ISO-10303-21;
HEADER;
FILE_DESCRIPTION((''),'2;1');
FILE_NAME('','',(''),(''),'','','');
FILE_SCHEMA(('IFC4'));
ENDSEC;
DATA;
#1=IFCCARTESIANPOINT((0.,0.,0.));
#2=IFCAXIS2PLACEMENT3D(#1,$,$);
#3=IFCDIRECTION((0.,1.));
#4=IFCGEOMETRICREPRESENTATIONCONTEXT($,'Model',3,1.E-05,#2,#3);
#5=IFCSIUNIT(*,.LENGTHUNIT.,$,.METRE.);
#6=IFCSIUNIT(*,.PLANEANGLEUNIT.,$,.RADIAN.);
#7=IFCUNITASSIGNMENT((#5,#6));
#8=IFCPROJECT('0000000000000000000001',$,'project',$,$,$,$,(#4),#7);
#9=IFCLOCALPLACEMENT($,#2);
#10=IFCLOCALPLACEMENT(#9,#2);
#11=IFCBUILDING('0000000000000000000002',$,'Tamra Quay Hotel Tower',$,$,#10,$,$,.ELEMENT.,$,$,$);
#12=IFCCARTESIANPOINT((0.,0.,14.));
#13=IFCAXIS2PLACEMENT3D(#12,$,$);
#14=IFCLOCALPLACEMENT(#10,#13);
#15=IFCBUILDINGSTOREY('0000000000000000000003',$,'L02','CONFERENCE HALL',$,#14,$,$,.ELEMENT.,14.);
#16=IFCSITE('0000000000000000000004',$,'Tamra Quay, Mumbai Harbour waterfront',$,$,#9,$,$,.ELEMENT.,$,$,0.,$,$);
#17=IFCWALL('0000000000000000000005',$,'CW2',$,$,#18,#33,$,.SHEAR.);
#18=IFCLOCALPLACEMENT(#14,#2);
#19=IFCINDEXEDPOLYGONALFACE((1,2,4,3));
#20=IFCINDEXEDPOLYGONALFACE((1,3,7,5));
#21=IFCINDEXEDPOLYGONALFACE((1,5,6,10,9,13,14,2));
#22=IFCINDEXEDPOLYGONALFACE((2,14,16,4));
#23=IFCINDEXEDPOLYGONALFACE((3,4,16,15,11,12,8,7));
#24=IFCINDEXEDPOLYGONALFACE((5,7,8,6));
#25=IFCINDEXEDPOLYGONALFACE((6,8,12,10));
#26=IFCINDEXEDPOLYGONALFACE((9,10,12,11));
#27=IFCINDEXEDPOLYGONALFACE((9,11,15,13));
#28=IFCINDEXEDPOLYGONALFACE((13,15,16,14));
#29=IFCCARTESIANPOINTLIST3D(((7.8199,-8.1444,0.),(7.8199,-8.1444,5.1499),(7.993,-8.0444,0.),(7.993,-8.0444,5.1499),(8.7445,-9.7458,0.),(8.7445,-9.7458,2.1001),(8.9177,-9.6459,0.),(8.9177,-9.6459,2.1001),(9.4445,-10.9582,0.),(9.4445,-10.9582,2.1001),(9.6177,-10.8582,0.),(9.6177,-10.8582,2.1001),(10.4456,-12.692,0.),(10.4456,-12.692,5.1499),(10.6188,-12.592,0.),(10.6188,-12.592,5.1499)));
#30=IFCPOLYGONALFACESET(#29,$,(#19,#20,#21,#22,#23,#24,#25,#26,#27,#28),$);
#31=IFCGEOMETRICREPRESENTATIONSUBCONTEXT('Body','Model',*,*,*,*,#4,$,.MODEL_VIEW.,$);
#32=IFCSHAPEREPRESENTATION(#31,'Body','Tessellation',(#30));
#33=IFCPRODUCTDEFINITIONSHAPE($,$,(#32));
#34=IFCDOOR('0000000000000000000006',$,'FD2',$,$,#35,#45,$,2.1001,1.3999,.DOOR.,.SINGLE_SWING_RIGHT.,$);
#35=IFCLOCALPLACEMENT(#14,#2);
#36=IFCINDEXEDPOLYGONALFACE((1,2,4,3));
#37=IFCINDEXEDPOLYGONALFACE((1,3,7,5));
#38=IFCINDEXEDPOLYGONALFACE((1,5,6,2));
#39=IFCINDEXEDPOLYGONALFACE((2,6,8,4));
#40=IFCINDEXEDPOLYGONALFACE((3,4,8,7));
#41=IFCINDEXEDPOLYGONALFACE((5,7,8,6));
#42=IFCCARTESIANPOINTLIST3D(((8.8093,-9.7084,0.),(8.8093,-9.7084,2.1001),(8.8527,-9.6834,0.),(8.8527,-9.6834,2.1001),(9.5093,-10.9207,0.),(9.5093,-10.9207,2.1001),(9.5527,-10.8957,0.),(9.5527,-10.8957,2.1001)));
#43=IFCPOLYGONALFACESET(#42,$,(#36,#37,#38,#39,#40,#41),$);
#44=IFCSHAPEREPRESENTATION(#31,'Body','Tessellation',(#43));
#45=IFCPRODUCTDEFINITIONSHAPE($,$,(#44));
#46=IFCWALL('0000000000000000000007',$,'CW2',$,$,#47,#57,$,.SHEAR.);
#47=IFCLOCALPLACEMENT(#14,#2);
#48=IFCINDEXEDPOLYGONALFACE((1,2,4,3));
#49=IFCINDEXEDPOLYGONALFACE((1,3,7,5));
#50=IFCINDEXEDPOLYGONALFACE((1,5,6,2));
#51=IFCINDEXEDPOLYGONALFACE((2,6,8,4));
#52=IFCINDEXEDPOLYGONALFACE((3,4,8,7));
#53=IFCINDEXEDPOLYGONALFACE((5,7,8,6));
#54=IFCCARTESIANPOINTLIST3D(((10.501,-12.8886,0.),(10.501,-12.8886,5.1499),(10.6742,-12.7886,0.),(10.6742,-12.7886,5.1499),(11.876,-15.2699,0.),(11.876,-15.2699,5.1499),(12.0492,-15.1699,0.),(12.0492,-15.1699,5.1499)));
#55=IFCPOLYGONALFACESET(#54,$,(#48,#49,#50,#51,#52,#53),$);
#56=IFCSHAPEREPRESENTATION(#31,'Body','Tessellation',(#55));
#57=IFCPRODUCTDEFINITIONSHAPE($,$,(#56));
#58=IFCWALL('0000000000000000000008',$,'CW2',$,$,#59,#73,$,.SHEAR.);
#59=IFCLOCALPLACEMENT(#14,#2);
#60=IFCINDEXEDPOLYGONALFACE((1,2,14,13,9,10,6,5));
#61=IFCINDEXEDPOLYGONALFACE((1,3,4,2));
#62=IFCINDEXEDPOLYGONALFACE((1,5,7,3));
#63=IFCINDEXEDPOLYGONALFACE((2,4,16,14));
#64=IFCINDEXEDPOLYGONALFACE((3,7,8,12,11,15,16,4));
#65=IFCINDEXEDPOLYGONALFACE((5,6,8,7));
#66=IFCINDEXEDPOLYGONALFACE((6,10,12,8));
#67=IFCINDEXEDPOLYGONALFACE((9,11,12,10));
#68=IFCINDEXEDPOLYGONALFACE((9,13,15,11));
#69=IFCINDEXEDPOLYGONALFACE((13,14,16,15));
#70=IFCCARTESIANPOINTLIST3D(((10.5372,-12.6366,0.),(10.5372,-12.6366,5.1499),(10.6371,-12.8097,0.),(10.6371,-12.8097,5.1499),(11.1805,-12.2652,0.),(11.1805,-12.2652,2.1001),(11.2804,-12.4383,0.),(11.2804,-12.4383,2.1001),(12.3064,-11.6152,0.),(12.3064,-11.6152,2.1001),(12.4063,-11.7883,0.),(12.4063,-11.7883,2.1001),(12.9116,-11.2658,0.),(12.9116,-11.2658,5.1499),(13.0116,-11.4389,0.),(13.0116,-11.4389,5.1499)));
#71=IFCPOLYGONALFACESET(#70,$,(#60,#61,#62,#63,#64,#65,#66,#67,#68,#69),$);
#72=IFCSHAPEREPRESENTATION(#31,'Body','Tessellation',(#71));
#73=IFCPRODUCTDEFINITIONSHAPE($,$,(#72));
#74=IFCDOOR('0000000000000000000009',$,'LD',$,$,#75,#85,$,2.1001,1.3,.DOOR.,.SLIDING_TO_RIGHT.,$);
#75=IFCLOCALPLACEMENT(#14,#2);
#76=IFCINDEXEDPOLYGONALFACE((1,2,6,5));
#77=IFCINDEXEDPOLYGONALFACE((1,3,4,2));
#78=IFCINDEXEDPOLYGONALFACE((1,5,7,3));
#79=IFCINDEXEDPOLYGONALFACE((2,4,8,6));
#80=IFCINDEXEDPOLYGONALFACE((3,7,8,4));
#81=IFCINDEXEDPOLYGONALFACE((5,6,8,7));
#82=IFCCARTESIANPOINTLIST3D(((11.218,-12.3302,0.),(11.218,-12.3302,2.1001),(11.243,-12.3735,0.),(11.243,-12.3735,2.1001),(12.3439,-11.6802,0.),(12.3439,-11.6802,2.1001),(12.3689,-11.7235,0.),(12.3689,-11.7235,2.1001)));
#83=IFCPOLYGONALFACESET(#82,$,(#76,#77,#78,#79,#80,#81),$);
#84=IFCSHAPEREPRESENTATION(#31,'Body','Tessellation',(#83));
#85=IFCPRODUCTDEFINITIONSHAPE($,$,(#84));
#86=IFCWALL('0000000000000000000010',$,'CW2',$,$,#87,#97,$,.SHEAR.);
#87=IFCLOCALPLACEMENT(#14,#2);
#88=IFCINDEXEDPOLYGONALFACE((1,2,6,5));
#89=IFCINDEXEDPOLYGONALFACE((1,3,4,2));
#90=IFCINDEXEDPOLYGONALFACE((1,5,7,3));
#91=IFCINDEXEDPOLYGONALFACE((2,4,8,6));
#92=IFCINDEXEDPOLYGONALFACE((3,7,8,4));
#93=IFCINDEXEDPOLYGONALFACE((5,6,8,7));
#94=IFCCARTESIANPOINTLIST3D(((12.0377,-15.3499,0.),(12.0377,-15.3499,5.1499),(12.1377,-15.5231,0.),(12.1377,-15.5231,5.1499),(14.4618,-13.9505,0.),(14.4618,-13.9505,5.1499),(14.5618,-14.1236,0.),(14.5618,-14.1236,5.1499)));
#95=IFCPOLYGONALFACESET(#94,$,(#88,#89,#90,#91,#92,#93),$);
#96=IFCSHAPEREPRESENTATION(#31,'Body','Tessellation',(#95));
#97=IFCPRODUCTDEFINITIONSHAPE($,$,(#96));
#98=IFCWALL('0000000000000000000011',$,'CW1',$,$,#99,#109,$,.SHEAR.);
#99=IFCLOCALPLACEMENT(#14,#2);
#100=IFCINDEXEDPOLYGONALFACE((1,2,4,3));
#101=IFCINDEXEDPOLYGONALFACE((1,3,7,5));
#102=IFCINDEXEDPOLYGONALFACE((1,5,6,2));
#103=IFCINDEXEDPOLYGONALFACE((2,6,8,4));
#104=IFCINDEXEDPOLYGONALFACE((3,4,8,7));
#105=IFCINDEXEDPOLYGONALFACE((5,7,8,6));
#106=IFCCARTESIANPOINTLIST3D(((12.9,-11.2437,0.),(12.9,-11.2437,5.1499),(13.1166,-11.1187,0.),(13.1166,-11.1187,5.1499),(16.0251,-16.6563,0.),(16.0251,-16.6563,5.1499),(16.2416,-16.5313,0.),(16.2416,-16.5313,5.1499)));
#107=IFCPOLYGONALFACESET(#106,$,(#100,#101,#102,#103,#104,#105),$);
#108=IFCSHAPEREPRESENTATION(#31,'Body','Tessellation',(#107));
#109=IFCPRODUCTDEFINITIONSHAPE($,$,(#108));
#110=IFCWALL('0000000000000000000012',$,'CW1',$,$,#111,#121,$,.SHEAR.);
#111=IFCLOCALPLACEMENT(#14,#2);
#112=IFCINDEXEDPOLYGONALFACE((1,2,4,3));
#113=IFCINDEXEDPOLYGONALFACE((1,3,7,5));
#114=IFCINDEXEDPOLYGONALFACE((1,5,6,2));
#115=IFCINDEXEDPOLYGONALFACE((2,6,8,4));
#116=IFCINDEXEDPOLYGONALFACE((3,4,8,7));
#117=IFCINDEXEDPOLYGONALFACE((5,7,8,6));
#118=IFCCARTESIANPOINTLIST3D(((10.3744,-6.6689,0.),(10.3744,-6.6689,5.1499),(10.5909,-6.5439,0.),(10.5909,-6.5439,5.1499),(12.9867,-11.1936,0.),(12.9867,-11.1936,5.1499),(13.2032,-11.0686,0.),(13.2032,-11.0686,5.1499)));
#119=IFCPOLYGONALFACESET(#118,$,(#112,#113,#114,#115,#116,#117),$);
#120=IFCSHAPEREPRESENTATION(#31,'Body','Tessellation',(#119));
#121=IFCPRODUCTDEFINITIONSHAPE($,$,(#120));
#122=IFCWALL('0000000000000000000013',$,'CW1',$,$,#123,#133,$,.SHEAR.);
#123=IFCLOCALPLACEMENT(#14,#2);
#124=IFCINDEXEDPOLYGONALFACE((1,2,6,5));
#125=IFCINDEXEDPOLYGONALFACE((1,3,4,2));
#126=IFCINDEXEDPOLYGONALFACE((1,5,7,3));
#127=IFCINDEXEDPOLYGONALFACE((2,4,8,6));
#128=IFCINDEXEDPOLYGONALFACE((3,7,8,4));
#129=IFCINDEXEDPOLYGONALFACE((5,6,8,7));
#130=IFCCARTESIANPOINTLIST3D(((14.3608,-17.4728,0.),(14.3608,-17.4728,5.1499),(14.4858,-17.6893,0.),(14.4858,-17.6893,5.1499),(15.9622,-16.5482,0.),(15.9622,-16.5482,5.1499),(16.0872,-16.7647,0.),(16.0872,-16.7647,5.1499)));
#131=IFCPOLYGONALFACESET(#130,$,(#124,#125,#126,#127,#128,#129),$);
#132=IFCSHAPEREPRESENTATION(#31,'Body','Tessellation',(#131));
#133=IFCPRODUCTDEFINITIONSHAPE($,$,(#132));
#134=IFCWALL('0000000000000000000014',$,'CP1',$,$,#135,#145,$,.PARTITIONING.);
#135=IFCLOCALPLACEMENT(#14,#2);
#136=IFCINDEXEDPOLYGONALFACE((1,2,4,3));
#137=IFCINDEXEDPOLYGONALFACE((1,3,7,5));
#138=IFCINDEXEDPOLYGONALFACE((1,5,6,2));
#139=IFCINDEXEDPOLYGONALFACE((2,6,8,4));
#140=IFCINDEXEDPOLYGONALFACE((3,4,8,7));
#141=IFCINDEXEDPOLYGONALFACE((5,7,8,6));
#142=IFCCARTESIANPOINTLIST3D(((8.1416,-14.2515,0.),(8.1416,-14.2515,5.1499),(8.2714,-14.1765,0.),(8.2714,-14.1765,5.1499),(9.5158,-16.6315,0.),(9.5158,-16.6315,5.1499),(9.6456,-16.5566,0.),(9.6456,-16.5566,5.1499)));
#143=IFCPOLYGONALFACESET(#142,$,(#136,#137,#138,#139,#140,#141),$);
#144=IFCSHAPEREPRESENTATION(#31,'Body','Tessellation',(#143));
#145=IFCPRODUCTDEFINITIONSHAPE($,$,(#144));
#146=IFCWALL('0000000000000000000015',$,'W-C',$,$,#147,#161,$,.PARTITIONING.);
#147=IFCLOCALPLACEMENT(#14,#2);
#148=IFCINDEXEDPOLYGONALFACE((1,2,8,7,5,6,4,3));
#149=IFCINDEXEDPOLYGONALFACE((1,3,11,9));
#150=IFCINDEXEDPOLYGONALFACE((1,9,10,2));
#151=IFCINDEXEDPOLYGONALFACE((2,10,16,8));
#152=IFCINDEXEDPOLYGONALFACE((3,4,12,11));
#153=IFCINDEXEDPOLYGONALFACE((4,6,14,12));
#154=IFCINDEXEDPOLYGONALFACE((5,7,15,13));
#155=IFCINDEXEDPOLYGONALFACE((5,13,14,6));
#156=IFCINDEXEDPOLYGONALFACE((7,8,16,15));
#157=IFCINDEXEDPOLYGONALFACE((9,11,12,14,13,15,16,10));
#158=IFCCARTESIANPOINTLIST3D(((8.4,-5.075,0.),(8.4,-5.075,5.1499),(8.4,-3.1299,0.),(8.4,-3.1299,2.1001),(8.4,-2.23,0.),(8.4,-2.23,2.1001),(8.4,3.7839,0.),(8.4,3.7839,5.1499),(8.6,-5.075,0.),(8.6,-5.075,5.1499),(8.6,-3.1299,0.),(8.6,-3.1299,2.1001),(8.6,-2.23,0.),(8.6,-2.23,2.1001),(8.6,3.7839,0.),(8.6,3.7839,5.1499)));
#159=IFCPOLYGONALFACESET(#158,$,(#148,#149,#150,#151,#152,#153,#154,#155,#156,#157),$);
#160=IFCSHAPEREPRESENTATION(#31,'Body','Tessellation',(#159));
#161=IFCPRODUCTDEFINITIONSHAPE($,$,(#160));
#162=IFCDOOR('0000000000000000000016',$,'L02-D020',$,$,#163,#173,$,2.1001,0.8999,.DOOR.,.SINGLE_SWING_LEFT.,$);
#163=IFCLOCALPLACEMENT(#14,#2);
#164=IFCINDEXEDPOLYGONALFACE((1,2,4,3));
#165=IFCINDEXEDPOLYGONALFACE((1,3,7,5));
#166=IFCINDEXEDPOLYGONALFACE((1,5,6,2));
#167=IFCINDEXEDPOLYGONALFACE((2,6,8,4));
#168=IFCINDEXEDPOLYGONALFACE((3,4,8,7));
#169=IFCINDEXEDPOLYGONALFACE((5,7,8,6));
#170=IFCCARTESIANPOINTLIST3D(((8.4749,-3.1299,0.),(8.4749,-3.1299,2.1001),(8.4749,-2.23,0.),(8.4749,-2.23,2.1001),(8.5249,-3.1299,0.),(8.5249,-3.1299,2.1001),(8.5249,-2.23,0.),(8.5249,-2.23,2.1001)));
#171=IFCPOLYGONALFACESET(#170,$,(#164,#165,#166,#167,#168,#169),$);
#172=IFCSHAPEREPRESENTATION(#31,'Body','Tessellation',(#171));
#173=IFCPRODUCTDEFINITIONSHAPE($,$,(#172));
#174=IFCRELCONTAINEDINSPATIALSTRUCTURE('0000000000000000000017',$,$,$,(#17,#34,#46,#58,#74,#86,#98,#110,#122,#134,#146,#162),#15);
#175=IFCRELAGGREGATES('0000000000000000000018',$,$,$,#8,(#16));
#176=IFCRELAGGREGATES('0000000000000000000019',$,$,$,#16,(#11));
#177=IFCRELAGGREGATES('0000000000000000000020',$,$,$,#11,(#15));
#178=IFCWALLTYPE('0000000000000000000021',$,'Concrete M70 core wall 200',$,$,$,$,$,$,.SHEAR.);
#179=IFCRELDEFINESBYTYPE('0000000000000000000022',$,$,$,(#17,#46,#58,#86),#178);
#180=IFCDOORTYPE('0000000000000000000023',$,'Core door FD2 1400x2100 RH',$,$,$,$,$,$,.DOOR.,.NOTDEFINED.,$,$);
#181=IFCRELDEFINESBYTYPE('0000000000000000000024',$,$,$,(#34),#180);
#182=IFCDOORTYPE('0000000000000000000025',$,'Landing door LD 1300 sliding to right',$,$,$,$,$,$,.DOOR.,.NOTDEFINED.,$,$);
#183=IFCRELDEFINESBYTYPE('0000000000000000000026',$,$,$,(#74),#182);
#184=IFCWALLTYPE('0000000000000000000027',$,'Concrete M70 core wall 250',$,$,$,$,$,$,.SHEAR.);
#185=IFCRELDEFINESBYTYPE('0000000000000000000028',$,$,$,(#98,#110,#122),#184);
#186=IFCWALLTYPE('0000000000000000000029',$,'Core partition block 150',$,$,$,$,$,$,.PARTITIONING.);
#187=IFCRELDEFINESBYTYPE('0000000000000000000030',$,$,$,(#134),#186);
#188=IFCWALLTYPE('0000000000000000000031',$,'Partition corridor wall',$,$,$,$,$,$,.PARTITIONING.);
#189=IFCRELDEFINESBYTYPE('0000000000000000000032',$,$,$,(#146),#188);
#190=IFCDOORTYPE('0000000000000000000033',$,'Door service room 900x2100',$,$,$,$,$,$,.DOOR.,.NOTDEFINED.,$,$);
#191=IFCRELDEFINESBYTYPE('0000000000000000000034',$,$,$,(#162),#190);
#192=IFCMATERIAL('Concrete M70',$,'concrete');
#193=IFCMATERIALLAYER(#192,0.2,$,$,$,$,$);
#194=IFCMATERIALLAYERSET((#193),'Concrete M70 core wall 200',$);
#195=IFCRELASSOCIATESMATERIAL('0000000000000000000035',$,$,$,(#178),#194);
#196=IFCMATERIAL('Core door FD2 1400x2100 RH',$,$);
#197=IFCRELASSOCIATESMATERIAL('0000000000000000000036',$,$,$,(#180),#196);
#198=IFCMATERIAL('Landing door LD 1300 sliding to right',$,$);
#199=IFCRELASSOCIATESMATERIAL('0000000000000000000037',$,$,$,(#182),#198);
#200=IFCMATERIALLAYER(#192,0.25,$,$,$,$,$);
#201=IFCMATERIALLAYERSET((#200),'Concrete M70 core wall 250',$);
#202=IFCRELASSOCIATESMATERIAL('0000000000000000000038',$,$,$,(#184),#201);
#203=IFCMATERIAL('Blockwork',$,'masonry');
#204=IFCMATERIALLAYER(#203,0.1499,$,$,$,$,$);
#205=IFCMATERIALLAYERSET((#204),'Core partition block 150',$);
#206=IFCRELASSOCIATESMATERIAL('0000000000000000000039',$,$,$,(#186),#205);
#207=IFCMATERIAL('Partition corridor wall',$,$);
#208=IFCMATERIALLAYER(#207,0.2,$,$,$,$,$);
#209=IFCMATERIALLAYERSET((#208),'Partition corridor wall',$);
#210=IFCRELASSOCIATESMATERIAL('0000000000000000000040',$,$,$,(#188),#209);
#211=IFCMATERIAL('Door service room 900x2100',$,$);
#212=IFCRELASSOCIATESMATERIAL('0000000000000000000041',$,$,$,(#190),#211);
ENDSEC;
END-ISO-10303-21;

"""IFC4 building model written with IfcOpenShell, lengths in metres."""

from ifc_helpers import new_model, si_unit, direction, frame, frame_2d, origin, place, context, subcontext, project, spatial, rectangle, extrude, material, layer, layer_set, type_object, element, fill, save


model = new_model("IFC4")

# Units and contexts
model_context = context("Model", 3, precision=1e-05, world=origin(), true_north=direction((0.0, 1.0)))
body_context = subcontext(model_context, "Body", "Model", "MODEL_VIEW")
ifc_project = project(units=[si_unit("LENGTHUNIT", "METRE"), si_unit("PLANEANGLEUNIT", "RADIAN")], contexts=[model_context])

# Site, building, storey
site_placement = place(None, origin())
site = spatial("IfcSite", under=ifc_project, at=site_placement, Name="Tamra Quay, Mumbai Harbour waterfront", CompositionType="ELEMENT", RefElevation=0.0)
building_placement = place(site_placement, origin())
building = spatial("IfcBuilding", under=site, at=building_placement, Name="Tamra Quay Hotel Tower", CompositionType="ELEMENT")
storey_placement = place(building_placement, frame((0.0, 0.0, 14.0)))
storey = spatial("IfcBuildingStorey", under=building, at=storey_placement, Name="L02", Description="CONFERENCE HALL", CompositionType="ELEMENT", Elevation=14.0)

# Shared definitions
ifc_material_1 = material(Name="Concrete M70", Category="concrete")

# Shared definitions
ifc_layer_1 = layer(ifc_material_1, 0.2)
ifc_layer_set_1 = layer_set([ifc_layer_1], Name="Concrete M70 core wall 200")
wall_type_1 = type_object("IfcWallType", Name="Concrete M70 core wall 200", PredefinedType="SHEAR", material=ifc_layer_set_1)

# Wall, opening, door
wall_1_placement = place(storey_placement, frame((7.9065, -8.0945, 0.0), z_axis=(0.0, 0.0, 1.0), x_axis=(0.500024, -0.866011, 0.0)))
wall_1 = element("IfcWall", 1, at=wall_1_placement, inside=storey, type_object=wall_type_1, Name="CW2", PredefinedType="SHEAR", context=body_context, shape_type="SweptSolid", body=[
    extrude(rectangle(XDim=5.2512, YDim=0.2, at=frame_2d((2.6255, 0.0))), origin(), (0.0, 0.0, 1.0), 5.1499),
])
opening_1_placement = place(wall_1_placement, frame((1.8491, 0.0, 0.0)))
opening_1 = element("IfcOpeningElement", 2, at=opening_1_placement, cuts=wall_1, PredefinedType="OPENING", context=body_context, shape_type="SweptSolid", body=[
    extrude(rectangle(XDim=1.3999, YDim=2.1001, at=frame_2d((0.7, 1.05))), frame((0.0, 0.1099, 0.0), z_axis=(0.0, -1.0, 0.0), x_axis=(1.0, 0.0, 0.0)), (0.0, 0.0, 1.0), 0.22),
])
ifc_material_2 = material(Name="Core door FD2 1400x2100 RH")
door_type_1 = type_object("IfcDoorType", Name="Core door FD2 1400x2100 RH", OperationType="NOTDEFINED", PredefinedType="DOOR", material=ifc_material_2)
door_1_placement = place(opening_1_placement, origin())
door_1 = element("IfcDoor", 3, at=door_1_placement, inside=storey, type_object=door_type_1, Name="FD2", OperationType="SINGLE_SWING_RIGHT", OverallHeight=2.1001, OverallWidth=1.3999, PredefinedType="DOOR", context=body_context, shape_type="SweptSolid", body=[
    extrude(rectangle(XDim=1.3999, YDim=2.1001, at=frame_2d((0.7, 1.05))), frame((0.0, 0.0249, 0.0), z_axis=(0.0, -1.0, 0.0), x_axis=(1.0, 0.0, 0.0)), (0.0, 0.0, 1.0), 0.05),
])
fill(opening_1, door_1)

# Wall
wall_2_placement = place(storey_placement, frame((11.9626, -15.22, 0.0), z_axis=(0.0, 0.0, 1.0), x_axis=(-0.500035, 0.866005, 0.0)))
element("IfcWall", 4, at=wall_2_placement, inside=storey, type_object=wall_type_1, Name="CW2", PredefinedType="SHEAR", context=body_context, shape_type="SweptSolid", body=[
    extrude(rectangle(XDim=2.7498, YDim=0.2, at=frame_2d((1.375, 0.0))), origin(), (0.0, 0.0, 1.0), 5.1499),
])

# Wall, opening, door
wall_3_placement = place(storey_placement, frame((10.5872, -12.7231, 0.0), z_axis=(0.0, 0.0, 1.0), x_axis=(0.866037, 0.499979, 0.0)))
wall_3 = element("IfcWall", 5, at=wall_3_placement, inside=storey, type_object=wall_type_1, Name="CW2", PredefinedType="SHEAR", context=body_context, shape_type="SweptSolid", body=[
    extrude(rectangle(XDim=2.7417, YDim=0.2, at=frame_2d((1.3708, 0.0))), origin(), (0.0, 0.0, 1.0), 5.1499),
])
opening_2_placement = place(wall_3_placement, frame((0.7429, 0.0, 0.0)))
opening_2 = element("IfcOpeningElement", 6, at=opening_2_placement, cuts=wall_3, PredefinedType="OPENING", context=body_context, shape_type="SweptSolid", body=[
    extrude(rectangle(XDim=1.3, YDim=2.1001, at=frame_2d((0.6499, 1.05))), frame((0.0, 0.1099, 0.0), z_axis=(0.0, -1.0, 0.0), x_axis=(1.0, 0.0, 0.0)), (0.0, 0.0, 1.0), 0.22),
])
ifc_material_3 = material(Name="Landing door LD 1300 sliding to right")
door_type_2 = type_object("IfcDoorType", Name="Landing door LD 1300 sliding to right", OperationType="NOTDEFINED", PredefinedType="DOOR", material=ifc_material_3)
door_2_placement = place(opening_2_placement, origin())
door_2 = element("IfcDoor", 7, at=door_2_placement, inside=storey, type_object=door_type_2, Name="LD", OperationType="SLIDING_TO_RIGHT", OverallHeight=2.1001, OverallWidth=1.3, PredefinedType="DOOR", context=body_context, shape_type="SweptSolid", body=[
    extrude(rectangle(XDim=1.3, YDim=2.1001, at=frame_2d((0.6499, 1.05))), frame((0.0, 0.0249, 0.0), z_axis=(0.0, -1.0, 0.0), x_axis=(1.0, 0.0, 0.0)), (0.0, 0.0, 1.0), 0.05),
])
fill(opening_2, door_2)

# Walls
wall_4_placement = place(storey_placement, frame((14.5117, -14.0371, 0.0), z_axis=(0.0, 0.0, 1.0), x_axis=(-0.866045, -0.499967, 0.0)))
element("IfcWall", 8, at=wall_4_placement, inside=storey, type_object=wall_type_1, Name="CW2", PredefinedType="SHEAR", context=body_context, shape_type="SweptSolid", body=[
    extrude(rectangle(XDim=2.7991, YDim=0.2, at=frame_2d((1.3994, 0.0))), origin(), (0.0, 0.0, 1.0), 5.1499),
])
ifc_layer_2 = layer(ifc_material_1, 0.25)
ifc_layer_set_2 = layer_set([ifc_layer_2], Name="Concrete M70 core wall 250")
wall_type_2 = type_object("IfcWallType", Name="Concrete M70 core wall 250", PredefinedType="SHEAR", material=ifc_layer_set_2)
wall_5_placement = place(storey_placement, frame((13.0083, -11.1812, 0.0), z_axis=(0.0, 0.0, 1.0), x_axis=(0.500004, -0.866023, 0.0)))
element("IfcWall", 9, at=wall_5_placement, inside=storey, type_object=wall_type_2, Name="CW1", PredefinedType="SHEAR", context=body_context, shape_type="SweptSolid", body=[
    extrude(rectangle(XDim=6.25, YDim=0.25, at=frame_2d((3.125, 0.0))), origin(), (0.0, 0.0, 1.0), 5.1499),
])
wall_6_placement = place(storey_placement, frame((10.4827, -6.6064, 0.0), z_axis=(0.0, 0.0, 1.0), x_axis=(0.499999, -0.866026, 0.0)))
element("IfcWall", 10, at=wall_6_placement, inside=storey, type_object=wall_type_2, Name="CW1", PredefinedType="SHEAR", context=body_context, shape_type="SweptSolid", body=[
    extrude(rectangle(XDim=5.2246, YDim=0.25, at=frame_2d((2.6123, 0.0))), origin(), (0.0, 0.0, 1.0), 5.1499),
])
wall_7_placement = place(storey_placement, frame((16.0247, -16.6565, 0.0), z_axis=(0.0, 0.0, 1.0), x_axis=(-0.866016, -0.500016, 0.0)))
element("IfcWall", 11, at=wall_7_placement, inside=storey, type_object=wall_type_2, Name="CW1", PredefinedType="SHEAR", context=body_context, shape_type="SweptSolid", body=[
    extrude(rectangle(XDim=1.8491, YDim=0.25, at=frame_2d((0.9246, 0.0))), origin(), (0.0, 0.0, 1.0), 5.1499),
])
ifc_material_4 = material(Name="Blockwork", Category="masonry")
ifc_layer_3 = layer(ifc_material_4, 0.1499)
ifc_layer_set_3 = layer_set([ifc_layer_3], Name="Core partition block 150")
wall_type_3 = type_object("IfcWallType", Name="Core partition block 150", PredefinedType="PARTITIONING", material=ifc_layer_set_3)
wall_8_placement = place(storey_placement, frame((8.2065, -14.2141, 0.0), z_axis=(0.0, 0.0, 1.0), x_axis=(0.500027, -0.86601, 0.0)))
element("IfcWall", 12, at=wall_8_placement, inside=storey, type_object=wall_type_3, Name="CP1", PredefinedType="PARTITIONING", context=body_context, shape_type="SweptSolid", body=[
    extrude(rectangle(XDim=2.7483, YDim=0.1499, at=frame_2d((1.374, 0.0))), origin(), (0.0, 0.0, 1.0), 5.1499),
])

# Wall, opening, door
ifc_material_5 = material(Name="Partition corridor wall")
ifc_layer_4 = layer(ifc_material_5, 0.2)
ifc_layer_set_4 = layer_set([ifc_layer_4], Name="Partition corridor wall")
wall_type_4 = type_object("IfcWallType", Name="Partition corridor wall", PredefinedType="PARTITIONING", material=ifc_layer_set_4)
wall_9_placement = place(storey_placement, frame((8.5, -5.075, 0.0), z_axis=(0.0, 0.0, 1.0), x_axis=(0.0, 1.0, 0.0)))
wall_9 = element("IfcWall", 13, at=wall_9_placement, inside=storey, type_object=wall_type_4, Name="W-C", PredefinedType="PARTITIONING", context=body_context, shape_type="SweptSolid", body=[
    extrude(rectangle(XDim=8.8589, YDim=0.2, at=frame_2d((4.4294, 0.0))), origin(), (0.0, 0.0, 1.0), 5.1499),
])
opening_3_placement = place(wall_9_placement, frame((1.9451, 0.0, 0.0)))
opening_3 = element("IfcOpeningElement", 14, at=opening_3_placement, cuts=wall_9, PredefinedType="OPENING", context=body_context, shape_type="SweptSolid", body=[
    extrude(rectangle(XDim=0.8999, YDim=2.1001, at=frame_2d((0.45, 1.05))), frame((0.0, 0.1099, 0.0), z_axis=(0.0, -1.0, 0.0), x_axis=(1.0, 0.0, 0.0)), (0.0, 0.0, 1.0), 0.22),
])
ifc_material_6 = material(Name="Door service room 900x2100")
door_type_3 = type_object("IfcDoorType", Name="Door service room 900x2100", OperationType="NOTDEFINED", PredefinedType="DOOR", material=ifc_material_6)
door_3_placement = place(opening_3_placement, frame((0.8999, 0.0, 0.0), z_axis=(0.0, 0.0, 1.0), x_axis=(-1.0, 0.0, 0.0)))
door_3 = element("IfcDoor", 15, at=door_3_placement, inside=storey, type_object=door_type_3, Name="L02-D020", OperationType="SINGLE_SWING_LEFT", OverallHeight=2.1001, OverallWidth=0.8999, PredefinedType="DOOR", context=body_context, shape_type="SweptSolid", body=[
    extrude(rectangle(XDim=0.8999, YDim=2.1001, at=frame_2d((0.45, 1.05))), frame((0.0, 0.0249, 0.0), z_axis=(0.0, -1.0, 0.0), x_axis=(1.0, 0.0, 0.0)), (0.0, 0.0, 1.0), 0.05),
])
fill(opening_3, door_3)

save(model, "model.ifc")
